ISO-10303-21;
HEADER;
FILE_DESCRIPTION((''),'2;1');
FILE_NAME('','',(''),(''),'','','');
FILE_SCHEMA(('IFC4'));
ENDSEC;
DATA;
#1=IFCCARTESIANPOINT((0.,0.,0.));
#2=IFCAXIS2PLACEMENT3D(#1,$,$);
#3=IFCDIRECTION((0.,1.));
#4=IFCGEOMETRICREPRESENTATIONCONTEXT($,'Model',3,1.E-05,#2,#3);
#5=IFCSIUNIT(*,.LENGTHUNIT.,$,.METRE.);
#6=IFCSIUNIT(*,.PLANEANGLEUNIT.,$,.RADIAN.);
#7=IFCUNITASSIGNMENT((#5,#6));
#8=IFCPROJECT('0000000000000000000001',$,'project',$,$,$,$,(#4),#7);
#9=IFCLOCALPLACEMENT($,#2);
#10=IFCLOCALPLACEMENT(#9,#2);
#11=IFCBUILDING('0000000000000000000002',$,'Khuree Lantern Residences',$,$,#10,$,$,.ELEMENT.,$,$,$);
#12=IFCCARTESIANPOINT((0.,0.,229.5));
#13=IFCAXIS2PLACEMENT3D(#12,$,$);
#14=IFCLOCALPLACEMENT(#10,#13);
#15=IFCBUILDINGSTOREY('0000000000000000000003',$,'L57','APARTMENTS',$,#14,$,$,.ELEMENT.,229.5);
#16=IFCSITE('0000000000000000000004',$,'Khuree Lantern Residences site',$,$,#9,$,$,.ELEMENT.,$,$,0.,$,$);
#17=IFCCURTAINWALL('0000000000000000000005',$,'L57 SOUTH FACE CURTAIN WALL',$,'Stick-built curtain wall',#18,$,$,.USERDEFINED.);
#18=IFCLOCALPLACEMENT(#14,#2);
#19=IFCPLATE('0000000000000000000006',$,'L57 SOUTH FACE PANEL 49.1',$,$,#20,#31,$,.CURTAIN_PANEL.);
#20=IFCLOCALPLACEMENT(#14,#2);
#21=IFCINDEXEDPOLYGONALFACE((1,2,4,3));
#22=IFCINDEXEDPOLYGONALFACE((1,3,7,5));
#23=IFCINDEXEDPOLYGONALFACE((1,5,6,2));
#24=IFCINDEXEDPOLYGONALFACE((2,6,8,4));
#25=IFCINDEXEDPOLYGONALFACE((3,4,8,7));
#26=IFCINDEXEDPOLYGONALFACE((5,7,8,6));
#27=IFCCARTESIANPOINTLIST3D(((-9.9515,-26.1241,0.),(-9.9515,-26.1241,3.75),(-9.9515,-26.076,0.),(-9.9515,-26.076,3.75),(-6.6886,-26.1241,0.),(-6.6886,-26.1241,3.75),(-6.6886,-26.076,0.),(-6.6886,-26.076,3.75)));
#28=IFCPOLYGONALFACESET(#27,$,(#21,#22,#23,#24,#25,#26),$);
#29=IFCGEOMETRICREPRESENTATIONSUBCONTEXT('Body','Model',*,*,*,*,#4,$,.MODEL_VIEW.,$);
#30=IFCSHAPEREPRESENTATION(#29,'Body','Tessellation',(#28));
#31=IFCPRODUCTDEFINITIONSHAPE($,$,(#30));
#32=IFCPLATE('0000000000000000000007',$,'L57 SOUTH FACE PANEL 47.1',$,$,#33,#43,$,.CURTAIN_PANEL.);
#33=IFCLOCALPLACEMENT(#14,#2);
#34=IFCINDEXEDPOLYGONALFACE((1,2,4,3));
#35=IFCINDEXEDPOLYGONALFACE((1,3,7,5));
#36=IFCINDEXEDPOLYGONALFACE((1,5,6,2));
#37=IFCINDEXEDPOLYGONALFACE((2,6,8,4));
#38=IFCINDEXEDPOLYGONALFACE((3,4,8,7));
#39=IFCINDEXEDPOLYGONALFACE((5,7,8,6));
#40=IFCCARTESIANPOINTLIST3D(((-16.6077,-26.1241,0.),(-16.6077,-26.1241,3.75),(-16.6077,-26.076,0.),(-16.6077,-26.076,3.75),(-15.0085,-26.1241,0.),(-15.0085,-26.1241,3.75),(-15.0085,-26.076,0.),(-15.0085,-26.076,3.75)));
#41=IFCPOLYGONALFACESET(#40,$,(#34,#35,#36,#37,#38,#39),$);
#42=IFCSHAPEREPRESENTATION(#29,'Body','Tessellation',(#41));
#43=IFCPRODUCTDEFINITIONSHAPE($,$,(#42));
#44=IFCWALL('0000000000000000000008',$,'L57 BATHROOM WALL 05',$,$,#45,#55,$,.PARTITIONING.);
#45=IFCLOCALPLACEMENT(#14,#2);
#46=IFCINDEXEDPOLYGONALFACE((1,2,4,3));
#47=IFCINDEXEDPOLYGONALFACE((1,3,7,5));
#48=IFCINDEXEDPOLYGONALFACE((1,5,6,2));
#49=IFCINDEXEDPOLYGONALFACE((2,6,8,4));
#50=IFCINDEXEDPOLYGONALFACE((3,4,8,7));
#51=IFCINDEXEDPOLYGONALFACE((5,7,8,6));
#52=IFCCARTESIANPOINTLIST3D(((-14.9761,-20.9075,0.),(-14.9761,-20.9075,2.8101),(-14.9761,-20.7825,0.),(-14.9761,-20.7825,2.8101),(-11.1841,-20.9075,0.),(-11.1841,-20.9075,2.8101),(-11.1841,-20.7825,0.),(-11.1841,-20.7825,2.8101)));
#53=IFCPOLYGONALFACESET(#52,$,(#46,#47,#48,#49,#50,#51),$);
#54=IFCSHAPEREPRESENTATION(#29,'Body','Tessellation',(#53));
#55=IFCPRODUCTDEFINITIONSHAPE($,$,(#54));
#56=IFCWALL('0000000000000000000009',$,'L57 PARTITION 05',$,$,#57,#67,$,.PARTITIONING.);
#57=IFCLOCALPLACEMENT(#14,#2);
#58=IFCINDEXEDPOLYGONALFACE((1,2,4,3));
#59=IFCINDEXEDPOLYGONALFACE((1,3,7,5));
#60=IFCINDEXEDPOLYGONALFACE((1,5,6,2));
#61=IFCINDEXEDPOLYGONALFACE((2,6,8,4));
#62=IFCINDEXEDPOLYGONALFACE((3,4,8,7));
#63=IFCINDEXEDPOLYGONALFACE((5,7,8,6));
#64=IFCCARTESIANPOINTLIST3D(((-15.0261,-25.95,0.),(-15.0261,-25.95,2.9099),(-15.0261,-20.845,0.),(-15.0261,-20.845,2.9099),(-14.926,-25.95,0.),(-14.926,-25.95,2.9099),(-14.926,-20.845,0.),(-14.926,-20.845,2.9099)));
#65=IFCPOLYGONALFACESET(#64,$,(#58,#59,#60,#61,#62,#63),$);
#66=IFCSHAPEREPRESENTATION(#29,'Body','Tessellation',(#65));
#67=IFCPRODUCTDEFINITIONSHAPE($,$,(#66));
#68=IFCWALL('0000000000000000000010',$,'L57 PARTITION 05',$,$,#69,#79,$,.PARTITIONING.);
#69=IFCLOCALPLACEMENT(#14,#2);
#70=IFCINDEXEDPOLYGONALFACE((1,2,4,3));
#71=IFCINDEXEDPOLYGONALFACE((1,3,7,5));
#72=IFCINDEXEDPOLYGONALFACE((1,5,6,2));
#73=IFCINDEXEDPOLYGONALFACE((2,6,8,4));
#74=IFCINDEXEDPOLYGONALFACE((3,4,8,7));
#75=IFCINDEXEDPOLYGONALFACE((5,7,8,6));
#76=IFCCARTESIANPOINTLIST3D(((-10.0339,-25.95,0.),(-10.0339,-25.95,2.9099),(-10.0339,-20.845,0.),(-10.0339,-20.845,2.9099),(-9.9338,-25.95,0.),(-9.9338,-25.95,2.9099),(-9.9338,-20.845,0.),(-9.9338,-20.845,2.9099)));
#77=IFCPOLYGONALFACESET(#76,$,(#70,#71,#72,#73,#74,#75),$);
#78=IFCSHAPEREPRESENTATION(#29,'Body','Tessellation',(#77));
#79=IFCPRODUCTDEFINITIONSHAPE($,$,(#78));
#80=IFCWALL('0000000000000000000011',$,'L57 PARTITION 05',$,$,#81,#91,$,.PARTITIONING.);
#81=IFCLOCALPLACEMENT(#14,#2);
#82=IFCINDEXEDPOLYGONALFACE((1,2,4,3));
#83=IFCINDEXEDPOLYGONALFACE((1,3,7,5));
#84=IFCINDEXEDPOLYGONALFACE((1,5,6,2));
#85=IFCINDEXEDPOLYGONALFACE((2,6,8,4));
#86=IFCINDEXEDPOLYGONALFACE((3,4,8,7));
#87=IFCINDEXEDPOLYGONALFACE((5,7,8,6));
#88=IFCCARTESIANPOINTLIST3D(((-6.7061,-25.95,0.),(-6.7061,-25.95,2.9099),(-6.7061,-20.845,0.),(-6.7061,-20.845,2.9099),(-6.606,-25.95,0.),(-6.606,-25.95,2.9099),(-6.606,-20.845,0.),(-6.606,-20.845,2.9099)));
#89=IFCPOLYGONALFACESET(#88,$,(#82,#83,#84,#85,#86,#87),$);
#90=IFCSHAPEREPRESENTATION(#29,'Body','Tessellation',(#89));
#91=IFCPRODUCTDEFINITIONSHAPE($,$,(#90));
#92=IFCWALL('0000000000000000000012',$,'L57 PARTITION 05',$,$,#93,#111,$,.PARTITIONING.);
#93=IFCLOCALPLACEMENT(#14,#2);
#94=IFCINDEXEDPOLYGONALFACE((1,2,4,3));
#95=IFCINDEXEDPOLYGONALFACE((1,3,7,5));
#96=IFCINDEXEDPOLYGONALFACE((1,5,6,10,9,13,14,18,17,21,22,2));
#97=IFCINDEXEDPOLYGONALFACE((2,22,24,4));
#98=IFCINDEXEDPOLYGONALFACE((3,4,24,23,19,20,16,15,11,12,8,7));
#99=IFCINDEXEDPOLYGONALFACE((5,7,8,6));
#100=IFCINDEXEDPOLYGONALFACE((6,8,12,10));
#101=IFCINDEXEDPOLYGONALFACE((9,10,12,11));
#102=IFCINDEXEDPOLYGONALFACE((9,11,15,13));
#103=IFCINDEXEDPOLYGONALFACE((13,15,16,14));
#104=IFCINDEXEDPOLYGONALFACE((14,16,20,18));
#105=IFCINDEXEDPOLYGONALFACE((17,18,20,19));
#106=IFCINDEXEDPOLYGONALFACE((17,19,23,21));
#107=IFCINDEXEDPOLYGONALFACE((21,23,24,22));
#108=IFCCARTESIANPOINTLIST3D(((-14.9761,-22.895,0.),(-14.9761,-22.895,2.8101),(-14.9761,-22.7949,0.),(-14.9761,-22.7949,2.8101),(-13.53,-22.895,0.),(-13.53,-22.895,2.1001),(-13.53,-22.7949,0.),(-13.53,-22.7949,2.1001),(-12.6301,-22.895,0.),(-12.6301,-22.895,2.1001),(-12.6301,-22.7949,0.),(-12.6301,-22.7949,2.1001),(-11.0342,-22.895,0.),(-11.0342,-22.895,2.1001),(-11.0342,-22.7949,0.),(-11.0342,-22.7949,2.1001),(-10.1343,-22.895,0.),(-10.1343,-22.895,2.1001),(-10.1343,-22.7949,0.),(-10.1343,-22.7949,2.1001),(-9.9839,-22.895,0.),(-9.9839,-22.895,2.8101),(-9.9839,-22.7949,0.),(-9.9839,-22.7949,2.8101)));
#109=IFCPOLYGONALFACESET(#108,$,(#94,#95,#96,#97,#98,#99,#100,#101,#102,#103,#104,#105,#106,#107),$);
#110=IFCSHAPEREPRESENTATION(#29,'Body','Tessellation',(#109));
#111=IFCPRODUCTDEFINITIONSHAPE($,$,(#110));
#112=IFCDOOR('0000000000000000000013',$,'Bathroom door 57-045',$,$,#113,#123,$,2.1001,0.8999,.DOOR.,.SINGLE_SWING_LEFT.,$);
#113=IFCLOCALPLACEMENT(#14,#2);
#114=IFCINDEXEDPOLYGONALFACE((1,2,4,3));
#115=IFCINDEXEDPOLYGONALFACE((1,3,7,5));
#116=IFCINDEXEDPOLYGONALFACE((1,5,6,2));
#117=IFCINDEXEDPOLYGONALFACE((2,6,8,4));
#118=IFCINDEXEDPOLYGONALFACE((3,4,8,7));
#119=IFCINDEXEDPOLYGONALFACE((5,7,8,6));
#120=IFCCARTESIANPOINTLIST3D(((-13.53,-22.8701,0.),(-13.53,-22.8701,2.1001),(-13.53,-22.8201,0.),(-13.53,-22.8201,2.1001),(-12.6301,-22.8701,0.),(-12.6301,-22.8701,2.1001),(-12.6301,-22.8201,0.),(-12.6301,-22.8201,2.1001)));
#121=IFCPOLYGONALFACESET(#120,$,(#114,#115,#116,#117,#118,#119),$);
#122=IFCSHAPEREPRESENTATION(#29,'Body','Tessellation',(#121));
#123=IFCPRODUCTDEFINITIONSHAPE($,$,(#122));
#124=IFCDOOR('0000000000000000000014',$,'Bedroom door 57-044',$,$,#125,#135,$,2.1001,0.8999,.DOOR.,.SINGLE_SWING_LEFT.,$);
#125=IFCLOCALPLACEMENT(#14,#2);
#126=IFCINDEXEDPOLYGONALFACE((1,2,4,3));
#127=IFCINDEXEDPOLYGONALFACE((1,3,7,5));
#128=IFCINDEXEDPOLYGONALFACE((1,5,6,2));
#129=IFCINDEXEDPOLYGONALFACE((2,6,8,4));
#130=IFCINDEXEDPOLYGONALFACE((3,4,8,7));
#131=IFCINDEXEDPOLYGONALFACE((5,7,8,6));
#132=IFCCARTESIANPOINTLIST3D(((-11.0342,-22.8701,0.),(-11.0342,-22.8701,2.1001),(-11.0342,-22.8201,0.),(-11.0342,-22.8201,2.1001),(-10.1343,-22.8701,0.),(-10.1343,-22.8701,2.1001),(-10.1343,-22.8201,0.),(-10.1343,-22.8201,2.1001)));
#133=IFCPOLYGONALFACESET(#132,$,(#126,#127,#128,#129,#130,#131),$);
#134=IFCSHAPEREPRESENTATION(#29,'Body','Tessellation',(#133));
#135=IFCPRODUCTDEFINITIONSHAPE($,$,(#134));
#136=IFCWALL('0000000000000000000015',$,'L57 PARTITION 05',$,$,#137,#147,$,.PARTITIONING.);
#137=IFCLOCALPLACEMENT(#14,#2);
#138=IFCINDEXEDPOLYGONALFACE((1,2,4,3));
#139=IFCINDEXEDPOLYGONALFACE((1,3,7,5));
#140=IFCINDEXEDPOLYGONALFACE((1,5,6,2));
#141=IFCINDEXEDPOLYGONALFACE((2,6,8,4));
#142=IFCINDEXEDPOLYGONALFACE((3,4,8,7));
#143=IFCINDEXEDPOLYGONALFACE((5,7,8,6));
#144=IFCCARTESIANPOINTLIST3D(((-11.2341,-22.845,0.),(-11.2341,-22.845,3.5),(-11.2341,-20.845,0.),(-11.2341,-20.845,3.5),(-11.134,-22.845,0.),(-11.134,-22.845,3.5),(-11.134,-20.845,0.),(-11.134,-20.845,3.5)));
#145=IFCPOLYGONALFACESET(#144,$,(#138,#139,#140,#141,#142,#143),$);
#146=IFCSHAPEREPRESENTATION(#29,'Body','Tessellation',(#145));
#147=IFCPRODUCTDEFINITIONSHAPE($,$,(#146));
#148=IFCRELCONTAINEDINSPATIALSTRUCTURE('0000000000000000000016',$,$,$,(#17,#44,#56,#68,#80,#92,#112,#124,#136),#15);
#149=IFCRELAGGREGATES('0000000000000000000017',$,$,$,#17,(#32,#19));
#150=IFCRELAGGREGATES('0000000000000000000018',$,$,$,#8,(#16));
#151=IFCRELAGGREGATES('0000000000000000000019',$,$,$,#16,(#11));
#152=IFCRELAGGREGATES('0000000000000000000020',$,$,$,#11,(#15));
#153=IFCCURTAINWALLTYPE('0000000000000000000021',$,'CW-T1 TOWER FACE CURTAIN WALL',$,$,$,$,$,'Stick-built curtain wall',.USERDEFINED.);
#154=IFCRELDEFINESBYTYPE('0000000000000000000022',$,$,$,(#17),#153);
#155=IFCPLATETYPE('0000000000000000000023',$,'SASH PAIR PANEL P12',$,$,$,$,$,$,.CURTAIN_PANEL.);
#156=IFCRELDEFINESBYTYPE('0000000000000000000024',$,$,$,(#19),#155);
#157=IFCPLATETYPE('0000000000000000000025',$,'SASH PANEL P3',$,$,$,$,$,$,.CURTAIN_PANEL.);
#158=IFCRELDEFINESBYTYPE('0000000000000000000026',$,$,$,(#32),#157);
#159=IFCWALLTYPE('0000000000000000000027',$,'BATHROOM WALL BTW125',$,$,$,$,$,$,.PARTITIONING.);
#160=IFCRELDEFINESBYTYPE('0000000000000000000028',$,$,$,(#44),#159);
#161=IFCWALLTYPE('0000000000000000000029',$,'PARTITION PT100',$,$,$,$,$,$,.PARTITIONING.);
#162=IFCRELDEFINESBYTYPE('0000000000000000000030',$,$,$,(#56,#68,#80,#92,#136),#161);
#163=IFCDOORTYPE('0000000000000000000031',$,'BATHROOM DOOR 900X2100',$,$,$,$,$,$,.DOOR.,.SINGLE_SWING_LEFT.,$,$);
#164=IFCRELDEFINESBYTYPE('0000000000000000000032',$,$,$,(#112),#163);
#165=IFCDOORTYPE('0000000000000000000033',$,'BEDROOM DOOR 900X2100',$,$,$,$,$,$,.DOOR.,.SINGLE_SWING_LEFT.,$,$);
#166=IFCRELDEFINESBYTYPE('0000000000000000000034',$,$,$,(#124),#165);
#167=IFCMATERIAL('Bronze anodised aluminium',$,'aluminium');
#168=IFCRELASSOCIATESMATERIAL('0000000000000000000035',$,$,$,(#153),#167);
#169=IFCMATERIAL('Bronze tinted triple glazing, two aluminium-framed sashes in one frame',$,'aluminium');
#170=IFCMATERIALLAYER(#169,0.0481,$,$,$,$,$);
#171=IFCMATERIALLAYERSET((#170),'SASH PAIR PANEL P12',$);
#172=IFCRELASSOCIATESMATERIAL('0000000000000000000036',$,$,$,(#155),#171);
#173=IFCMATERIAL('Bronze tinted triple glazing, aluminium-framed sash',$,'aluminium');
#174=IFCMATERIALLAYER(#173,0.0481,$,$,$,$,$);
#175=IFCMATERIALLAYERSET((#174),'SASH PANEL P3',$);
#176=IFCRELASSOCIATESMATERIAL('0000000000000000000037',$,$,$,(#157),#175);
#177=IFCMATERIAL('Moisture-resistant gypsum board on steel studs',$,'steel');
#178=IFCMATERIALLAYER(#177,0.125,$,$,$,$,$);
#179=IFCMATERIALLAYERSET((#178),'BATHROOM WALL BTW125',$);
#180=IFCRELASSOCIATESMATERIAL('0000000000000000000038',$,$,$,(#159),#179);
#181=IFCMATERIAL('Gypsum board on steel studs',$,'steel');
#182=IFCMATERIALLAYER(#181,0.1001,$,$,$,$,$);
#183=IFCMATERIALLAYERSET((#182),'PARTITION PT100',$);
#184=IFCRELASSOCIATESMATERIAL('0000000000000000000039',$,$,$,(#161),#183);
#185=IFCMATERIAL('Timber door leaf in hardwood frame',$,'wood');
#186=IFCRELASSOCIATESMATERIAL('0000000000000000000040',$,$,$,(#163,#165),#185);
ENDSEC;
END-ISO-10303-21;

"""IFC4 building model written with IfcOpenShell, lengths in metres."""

from ifc_helpers import new_model, si_unit, direction, frame, frame_2d, origin, origin_2d, place, context, subcontext, project, spatial, rectangle, extrude, material, layer, layer_set, type_object, element, fill, aggregate, save


model = new_model("IFC4")

# Units and contexts
model_context = context("Model", 3, precision=1e-05, world=origin(), true_north=direction((0.0, 1.0)))
body_context = subcontext(model_context, "Body", "Model", "MODEL_VIEW")
ifc_project = project(units=[si_unit("LENGTHUNIT", "METRE"), si_unit("PLANEANGLEUNIT", "RADIAN")], contexts=[model_context])

# Site, building, storey
site_placement = place(None, origin())
site = spatial("IfcSite", under=ifc_project, at=site_placement, Name="Khuree Lantern Residences site", CompositionType="ELEMENT", RefElevation=0.0)
building_placement = place(site_placement, origin())
building = spatial("IfcBuilding", under=site, at=building_placement, Name="Khuree Lantern Residences", CompositionType="ELEMENT")
storey_placement = place(building_placement, frame((0.0, 0.0, 229.5)))
storey = spatial("IfcBuildingStorey", under=building, at=storey_placement, Name="L57", Description="APARTMENTS", CompositionType="ELEMENT", Elevation=229.5)

# Curtain wall
ifc_material_1 = material(Name="Bronze anodised aluminium", Category="aluminium")
curtain_wall_type = type_object("IfcCurtainWallType", Name="CW-T1 TOWER FACE CURTAIN WALL", ElementType="Stick-built curtain wall", PredefinedType="USERDEFINED", material=ifc_material_1)
curtain_wall_placement = place(storey_placement, origin())
curtain_wall = element("IfcCurtainWall", 1, at=curtain_wall_placement, inside=storey, type_object=curtain_wall_type, Name="L57 SOUTH FACE CURTAIN WALL", ObjectType="Stick-built curtain wall", PredefinedType="USERDEFINED")

# Plates
ifc_material_2 = material(Name="Bronze tinted triple glazing, two aluminium-framed sashes in one frame", Category="aluminium")
ifc_layer_1 = layer(ifc_material_2, 0.0481)
ifc_layer_set_1 = layer_set([ifc_layer_1], Name="SASH PAIR PANEL P12")
plate_type_1 = type_object("IfcPlateType", Name="SASH PAIR PANEL P12", PredefinedType="CURTAIN_PANEL", material=ifc_layer_set_1)
plate_1_placement = place(storey_placement, frame((-8.3201, -26.1001, 0.0), z_axis=(0.0, 0.0, 1.0), x_axis=(1.0, 0.0, 0.0)))
plate_1 = element("IfcPlate", 2, at=plate_1_placement, type_object=plate_type_1, Name="L57 SOUTH FACE PANEL 49.1", PredefinedType="CURTAIN_PANEL", context=body_context, shape_type="SweptSolid", body=[
    extrude(rectangle(XDim=3.2629, YDim=0.0481, at=origin_2d()), origin(), (0.0, 0.0, 1.0), 3.75),
])
ifc_material_3 = material(Name="Bronze tinted triple glazing, aluminium-framed sash", Category="aluminium")
ifc_layer_2 = layer(ifc_material_3, 0.0481)
ifc_layer_set_2 = layer_set([ifc_layer_2], Name="SASH PANEL P3")
plate_type_2 = type_object("IfcPlateType", Name="SASH PANEL P3", PredefinedType="CURTAIN_PANEL", material=ifc_layer_set_2)
plate_2_placement = place(storey_placement, frame((-15.8081, -26.1001, 0.0), z_axis=(0.0, 0.0, 1.0), x_axis=(1.0, 0.0, 0.0)))
plate_2 = element("IfcPlate", 3, at=plate_2_placement, type_object=plate_type_2, Name="L57 SOUTH FACE PANEL 47.1", PredefinedType="CURTAIN_PANEL", context=body_context, shape_type="SweptSolid", body=[
    extrude(rectangle(XDim=1.5991, YDim=0.0481, at=origin_2d()), origin(), (0.0, 0.0, 1.0), 3.75),
])
aggregate(curtain_wall, [plate_2, plate_1])

# Walls
ifc_material_4 = material(Name="Moisture-resistant gypsum board on steel studs", Category="steel")
ifc_layer_3 = layer(ifc_material_4, 0.125)
ifc_layer_set_3 = layer_set([ifc_layer_3], Name="BATHROOM WALL BTW125")
wall_type_1 = type_object("IfcWallType", Name="BATHROOM WALL BTW125", PredefinedType="PARTITIONING", material=ifc_layer_set_3)
wall_1_placement = place(storey_placement, frame((-14.9761, -20.845, 0.0), z_axis=(0.0, 0.0, 1.0), x_axis=(1.0, 0.0, 0.0)))
element("IfcWall", 4, at=wall_1_placement, inside=storey, type_object=wall_type_1, Name="L57 BATHROOM WALL 05", PredefinedType="PARTITIONING", context=body_context, shape_type="SweptSolid", body=[
    extrude(rectangle(XDim=3.792, YDim=0.125, at=frame_2d((1.896, 0.0))), origin(), (0.0, 0.0, 1.0), 2.8101),
])
ifc_material_5 = material(Name="Gypsum board on steel studs", Category="steel")
ifc_layer_4 = layer(ifc_material_5, 0.1001)
ifc_layer_set_4 = layer_set([ifc_layer_4], Name="PARTITION PT100")
wall_type_2 = type_object("IfcWallType", Name="PARTITION PT100", PredefinedType="PARTITIONING", material=ifc_layer_set_4)
for number, where, z_axis, x_axis, name in (
    (5, (-14.9761, -20.845, 0.0), (0.0, 0.0, 1.0), (0.0, -1.0, 0.0), "L57 PARTITION 05"),
    (6, (-9.9839, -20.845, 0.0), (0.0, 0.0, 1.0), (0.0, -1.0, 0.0), "L57 PARTITION 05"),
    (7, (-6.656, -20.845, 0.0), (0.0, 0.0, 1.0), (0.0, -1.0, 0.0), "L57 PARTITION 05"),
):
    element("IfcWall", number, at=place(storey_placement, frame(where, z_axis=z_axis, x_axis=x_axis)), inside=storey, type_object=wall_type_2, Name=name, PredefinedType="PARTITIONING", context=body_context, shape_type="SweptSolid", body=[
        extrude(rectangle(XDim=5.105, YDim=0.1001, at=frame_2d((2.5525, 0.0))), origin(), (0.0, 0.0, 1.0), 2.9099),
    ])

# Wall, openings, doors
wall_2_placement = place(storey_placement, frame((-14.9761, -22.845, 0.0), z_axis=(0.0, 0.0, 1.0), x_axis=(1.0, 0.0, 0.0)))
wall_2 = element("IfcWall", 8, at=wall_2_placement, inside=storey, type_object=wall_type_2, Name="L57 PARTITION 05", PredefinedType="PARTITIONING", context=body_context, shape_type="SweptSolid", body=[
    extrude(rectangle(XDim=4.9922, YDim=0.1001, at=frame_2d((2.4961, 0.0))), origin(), (0.0, 0.0, 1.0), 2.8101),
])
opening_1_placement = place(wall_2_placement, frame((3.9419, 0.0, 0.0)))
opening_1 = element("IfcOpeningElement", 9, at=opening_1_placement, cuts=wall_2, PredefinedType="OPENING", context=body_context, shape_type="SweptSolid", body=[
    extrude(rectangle(XDim=0.8999, YDim=2.1001, at=frame_2d((0.45, 1.05))), frame((0.0, 0.0601, 0.0), z_axis=(0.0, -1.0, 0.0), x_axis=(1.0, 0.0, 0.0)), (0.0, 0.0, 1.0), 0.1201),
])
opening_2_placement = place(wall_2_placement, frame((1.446, 0.0, 0.0)))
opening_2 = element("IfcOpeningElement", 10, at=opening_2_placement, cuts=wall_2, PredefinedType="OPENING", context=body_context, shape_type="SweptSolid", body=[
    extrude(rectangle(XDim=0.8999, YDim=2.1001, at=frame_2d((0.45, 1.05))), frame((0.0, 0.0601, 0.0), z_axis=(0.0, -1.0, 0.0), x_axis=(1.0, 0.0, 0.0)), (0.0, 0.0, 1.0), 0.1201),
])
ifc_material_6 = material(Name="Timber door leaf in hardwood frame", Category="wood")
door_type_1 = type_object("IfcDoorType", Name="BATHROOM DOOR 900X2100", OperationType="SINGLE_SWING_LEFT", PredefinedType="DOOR", material=ifc_material_6)
door_1_placement = place(opening_2_placement, origin())
door_1 = element("IfcDoor", 11, at=door_1_placement, inside=storey, type_object=door_type_1, Name="Bathroom door 57-045", OperationType="SINGLE_SWING_LEFT", OverallHeight=2.1001, OverallWidth=0.8999, PredefinedType="DOOR", context=body_context, shape_type="SweptSolid", body=[
    extrude(rectangle(XDim=0.8999, YDim=2.1001, at=frame_2d((0.45, 1.05))), frame((0.0, 0.0249, 0.0), z_axis=(0.0, -1.0, 0.0), x_axis=(1.0, 0.0, 0.0)), (0.0, 0.0, 1.0), 0.05),
])
fill(opening_2, door_1)
door_type_2 = type_object("IfcDoorType", Name="BEDROOM DOOR 900X2100", OperationType="SINGLE_SWING_LEFT", PredefinedType="DOOR", material=ifc_material_6)
door_2_placement = place(opening_1_placement, origin())
door_2 = element("IfcDoor", 12, at=door_2_placement, inside=storey, type_object=door_type_2, Name="Bedroom door 57-044", OperationType="SINGLE_SWING_LEFT", OverallHeight=2.1001, OverallWidth=0.8999, PredefinedType="DOOR", context=body_context, shape_type="SweptSolid", body=[
    extrude(rectangle(XDim=0.8999, YDim=2.1001, at=frame_2d((0.45, 1.05))), frame((0.0, 0.0249, 0.0), z_axis=(0.0, -1.0, 0.0), x_axis=(1.0, 0.0, 0.0)), (0.0, 0.0, 1.0), 0.05),
])
fill(opening_1, door_2)

# Wall
wall_3_placement = place(storey_placement, frame((-11.1841, -20.845, 0.0), z_axis=(0.0, 0.0, 1.0), x_axis=(0.0, -1.0, 0.0)))
element("IfcWall", 13, at=wall_3_placement, inside=storey, type_object=wall_type_2, Name="L57 PARTITION 05", PredefinedType="PARTITIONING", context=body_context, shape_type="SweptSolid", body=[
    extrude(rectangle(XDim=2.0, YDim=0.1001, at=frame_2d((1.0, 0.0))), origin(), (0.0, 0.0, 1.0), 3.5),
])

save(model, "model.ifc")
